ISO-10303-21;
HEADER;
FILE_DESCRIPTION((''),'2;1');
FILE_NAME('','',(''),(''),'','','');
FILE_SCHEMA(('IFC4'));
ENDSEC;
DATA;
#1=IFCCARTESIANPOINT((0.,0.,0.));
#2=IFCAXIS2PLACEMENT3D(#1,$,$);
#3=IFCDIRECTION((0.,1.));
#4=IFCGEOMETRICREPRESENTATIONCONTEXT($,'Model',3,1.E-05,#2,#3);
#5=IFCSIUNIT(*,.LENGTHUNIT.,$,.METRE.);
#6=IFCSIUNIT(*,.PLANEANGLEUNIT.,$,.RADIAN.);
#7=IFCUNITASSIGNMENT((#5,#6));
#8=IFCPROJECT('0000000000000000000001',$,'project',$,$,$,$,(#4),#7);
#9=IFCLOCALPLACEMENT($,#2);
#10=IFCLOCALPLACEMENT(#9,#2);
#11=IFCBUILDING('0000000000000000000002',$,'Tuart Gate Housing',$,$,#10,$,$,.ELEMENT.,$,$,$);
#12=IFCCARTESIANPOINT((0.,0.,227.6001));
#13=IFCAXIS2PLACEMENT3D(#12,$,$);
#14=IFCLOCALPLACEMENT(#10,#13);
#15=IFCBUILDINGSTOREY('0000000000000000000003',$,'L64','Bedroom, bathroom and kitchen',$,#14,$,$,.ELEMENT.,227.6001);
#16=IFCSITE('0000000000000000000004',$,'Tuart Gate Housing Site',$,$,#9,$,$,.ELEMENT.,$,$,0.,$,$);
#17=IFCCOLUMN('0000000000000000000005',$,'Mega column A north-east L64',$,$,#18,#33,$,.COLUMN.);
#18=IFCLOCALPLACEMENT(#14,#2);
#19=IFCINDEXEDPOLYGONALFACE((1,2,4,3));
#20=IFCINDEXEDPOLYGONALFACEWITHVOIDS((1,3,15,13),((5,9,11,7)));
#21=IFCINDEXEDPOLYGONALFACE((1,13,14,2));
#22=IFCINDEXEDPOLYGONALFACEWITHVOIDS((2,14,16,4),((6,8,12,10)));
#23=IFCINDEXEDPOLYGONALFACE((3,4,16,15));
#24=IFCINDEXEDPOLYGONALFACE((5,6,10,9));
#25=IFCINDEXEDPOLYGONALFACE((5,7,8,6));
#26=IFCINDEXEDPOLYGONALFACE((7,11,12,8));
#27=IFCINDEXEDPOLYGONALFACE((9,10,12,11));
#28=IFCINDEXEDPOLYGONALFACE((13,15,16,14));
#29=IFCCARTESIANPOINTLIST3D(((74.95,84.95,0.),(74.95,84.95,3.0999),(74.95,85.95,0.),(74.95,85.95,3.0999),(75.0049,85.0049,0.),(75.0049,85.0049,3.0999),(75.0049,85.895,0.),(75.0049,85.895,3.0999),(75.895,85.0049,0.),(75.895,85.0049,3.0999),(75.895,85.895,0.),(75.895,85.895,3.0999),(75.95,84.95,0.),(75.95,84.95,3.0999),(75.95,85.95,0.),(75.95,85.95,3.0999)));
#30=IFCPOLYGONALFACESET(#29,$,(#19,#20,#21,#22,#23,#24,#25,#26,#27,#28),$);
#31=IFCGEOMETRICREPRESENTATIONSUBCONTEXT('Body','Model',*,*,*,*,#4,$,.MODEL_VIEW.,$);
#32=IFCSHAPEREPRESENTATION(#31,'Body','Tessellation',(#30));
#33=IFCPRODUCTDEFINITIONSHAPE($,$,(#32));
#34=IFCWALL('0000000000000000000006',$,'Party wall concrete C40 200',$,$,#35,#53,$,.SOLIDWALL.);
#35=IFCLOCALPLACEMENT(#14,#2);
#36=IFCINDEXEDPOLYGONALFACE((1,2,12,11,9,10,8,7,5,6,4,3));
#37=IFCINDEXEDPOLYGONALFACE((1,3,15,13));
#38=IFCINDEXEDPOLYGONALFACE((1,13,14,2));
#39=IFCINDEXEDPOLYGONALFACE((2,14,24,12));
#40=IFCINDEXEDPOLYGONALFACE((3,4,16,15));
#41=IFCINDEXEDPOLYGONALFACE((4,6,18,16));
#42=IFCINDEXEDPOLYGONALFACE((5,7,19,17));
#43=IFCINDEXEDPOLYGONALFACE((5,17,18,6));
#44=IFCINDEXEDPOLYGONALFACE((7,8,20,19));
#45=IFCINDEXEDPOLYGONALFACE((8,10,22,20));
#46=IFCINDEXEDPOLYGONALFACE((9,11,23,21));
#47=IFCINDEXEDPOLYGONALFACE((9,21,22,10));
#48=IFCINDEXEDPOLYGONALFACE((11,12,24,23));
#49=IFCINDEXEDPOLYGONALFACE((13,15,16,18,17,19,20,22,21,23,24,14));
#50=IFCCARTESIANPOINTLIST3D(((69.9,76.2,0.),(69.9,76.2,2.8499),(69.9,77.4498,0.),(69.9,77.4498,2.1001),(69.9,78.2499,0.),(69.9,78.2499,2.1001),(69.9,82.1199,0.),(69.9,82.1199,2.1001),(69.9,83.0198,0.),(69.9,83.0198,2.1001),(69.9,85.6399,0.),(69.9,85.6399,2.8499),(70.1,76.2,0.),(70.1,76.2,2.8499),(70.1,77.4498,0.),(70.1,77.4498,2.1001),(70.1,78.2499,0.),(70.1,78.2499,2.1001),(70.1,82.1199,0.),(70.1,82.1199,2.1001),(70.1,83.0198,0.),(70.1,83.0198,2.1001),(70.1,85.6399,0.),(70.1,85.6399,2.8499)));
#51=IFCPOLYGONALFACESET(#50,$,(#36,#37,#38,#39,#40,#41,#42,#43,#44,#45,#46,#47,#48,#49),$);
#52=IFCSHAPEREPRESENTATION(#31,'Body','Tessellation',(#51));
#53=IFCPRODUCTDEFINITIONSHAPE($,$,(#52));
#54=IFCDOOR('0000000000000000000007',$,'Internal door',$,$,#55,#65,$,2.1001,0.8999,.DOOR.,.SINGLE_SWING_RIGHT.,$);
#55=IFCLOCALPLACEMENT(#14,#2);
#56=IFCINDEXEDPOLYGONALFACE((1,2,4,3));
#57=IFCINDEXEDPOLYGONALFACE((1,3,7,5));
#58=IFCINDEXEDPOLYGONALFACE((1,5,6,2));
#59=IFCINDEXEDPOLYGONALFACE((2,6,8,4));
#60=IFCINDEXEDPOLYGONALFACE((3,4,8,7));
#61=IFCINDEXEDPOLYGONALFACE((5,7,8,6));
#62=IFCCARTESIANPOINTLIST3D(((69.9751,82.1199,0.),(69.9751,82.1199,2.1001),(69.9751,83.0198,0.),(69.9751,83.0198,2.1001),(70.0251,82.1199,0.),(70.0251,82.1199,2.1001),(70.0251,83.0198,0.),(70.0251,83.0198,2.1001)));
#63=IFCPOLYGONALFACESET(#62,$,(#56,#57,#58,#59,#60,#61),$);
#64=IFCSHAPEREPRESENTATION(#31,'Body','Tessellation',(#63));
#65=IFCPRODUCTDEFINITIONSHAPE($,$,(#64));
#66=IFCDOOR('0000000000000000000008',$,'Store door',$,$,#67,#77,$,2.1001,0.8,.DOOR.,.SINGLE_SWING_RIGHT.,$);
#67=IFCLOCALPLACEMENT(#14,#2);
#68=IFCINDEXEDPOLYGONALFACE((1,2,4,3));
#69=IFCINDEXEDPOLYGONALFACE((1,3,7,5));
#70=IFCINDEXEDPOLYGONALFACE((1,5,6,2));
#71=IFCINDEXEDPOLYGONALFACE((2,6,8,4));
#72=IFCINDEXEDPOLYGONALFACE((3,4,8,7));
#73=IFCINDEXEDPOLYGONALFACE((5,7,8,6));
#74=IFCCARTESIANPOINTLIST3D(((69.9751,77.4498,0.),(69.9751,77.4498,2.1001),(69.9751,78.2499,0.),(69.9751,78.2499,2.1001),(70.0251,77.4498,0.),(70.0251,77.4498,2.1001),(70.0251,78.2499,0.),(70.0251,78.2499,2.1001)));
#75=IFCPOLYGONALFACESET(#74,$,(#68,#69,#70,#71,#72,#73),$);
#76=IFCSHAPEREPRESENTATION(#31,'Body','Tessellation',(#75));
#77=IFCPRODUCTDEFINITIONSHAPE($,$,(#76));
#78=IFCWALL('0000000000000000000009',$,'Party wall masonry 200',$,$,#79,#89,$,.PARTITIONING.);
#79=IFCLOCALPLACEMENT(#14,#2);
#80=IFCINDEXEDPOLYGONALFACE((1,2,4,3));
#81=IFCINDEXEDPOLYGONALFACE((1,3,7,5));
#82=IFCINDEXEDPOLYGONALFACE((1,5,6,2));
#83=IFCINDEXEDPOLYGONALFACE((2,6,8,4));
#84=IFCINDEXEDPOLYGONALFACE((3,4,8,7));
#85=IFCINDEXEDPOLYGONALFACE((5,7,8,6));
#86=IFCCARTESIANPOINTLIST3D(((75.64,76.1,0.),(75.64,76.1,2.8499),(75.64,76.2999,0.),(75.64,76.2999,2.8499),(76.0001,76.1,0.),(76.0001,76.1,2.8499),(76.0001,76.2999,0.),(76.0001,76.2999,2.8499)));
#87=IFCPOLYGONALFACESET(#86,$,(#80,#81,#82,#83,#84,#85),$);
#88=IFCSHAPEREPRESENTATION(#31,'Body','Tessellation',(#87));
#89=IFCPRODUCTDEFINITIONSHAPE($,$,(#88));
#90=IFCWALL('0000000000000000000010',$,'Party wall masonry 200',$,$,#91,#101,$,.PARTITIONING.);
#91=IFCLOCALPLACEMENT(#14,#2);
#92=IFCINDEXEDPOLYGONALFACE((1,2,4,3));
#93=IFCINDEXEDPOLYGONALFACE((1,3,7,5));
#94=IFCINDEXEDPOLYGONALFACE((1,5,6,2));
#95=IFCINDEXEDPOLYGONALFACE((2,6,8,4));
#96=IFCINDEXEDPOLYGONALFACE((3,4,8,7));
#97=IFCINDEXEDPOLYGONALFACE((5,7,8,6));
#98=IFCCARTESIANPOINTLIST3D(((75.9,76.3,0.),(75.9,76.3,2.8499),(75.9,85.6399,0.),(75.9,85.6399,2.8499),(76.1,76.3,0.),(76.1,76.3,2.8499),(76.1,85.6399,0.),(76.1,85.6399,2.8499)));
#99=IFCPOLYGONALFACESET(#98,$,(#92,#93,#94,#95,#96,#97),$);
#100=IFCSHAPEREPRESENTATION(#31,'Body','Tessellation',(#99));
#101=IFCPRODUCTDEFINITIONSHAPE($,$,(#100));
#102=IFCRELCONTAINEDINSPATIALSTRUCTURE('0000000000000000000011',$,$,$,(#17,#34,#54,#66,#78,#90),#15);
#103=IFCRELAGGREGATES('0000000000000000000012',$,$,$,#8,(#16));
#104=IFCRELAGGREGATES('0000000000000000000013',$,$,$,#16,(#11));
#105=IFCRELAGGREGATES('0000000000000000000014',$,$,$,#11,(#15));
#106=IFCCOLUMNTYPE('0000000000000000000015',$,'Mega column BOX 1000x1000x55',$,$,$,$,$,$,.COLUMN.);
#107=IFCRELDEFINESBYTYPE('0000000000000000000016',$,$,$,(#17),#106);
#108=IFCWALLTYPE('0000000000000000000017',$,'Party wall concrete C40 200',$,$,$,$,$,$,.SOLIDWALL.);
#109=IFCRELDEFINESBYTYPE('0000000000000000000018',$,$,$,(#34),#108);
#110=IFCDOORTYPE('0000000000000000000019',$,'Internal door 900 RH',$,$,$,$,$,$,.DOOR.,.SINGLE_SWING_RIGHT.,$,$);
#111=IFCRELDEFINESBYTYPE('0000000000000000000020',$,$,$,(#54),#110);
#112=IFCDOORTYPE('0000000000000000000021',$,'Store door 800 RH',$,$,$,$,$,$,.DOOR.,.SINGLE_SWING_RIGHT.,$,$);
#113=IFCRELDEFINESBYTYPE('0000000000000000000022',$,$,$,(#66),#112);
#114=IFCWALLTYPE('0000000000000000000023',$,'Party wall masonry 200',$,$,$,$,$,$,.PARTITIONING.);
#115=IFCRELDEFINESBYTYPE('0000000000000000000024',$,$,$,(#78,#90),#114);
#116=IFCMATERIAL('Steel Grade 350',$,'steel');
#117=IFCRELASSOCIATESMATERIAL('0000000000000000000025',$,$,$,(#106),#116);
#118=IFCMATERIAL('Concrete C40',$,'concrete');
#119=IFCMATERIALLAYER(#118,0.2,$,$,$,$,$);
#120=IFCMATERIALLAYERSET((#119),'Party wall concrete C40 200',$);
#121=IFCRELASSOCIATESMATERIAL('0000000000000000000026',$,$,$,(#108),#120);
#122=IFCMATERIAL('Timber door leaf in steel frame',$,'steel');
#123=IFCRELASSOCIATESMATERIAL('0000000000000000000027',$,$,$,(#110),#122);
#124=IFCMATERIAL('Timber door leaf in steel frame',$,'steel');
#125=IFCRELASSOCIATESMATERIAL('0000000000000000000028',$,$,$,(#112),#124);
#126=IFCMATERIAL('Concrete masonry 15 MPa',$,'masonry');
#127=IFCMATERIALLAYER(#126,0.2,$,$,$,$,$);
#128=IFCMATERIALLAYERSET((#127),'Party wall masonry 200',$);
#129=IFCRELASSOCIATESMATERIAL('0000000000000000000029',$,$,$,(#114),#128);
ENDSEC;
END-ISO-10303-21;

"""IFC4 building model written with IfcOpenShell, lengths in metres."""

from ifc_helpers import new_model, si_unit, direction, frame, frame_2d, origin, origin_2d, place, context, subcontext, project, spatial, rectangle, hollow_rectangle, extrude, material, layer, layer_set, material_profile, profile_set, type_object, element, fill, save


model = new_model("IFC4")

# Units and contexts
model_context = context("Model", 3, precision=1e-05, world=origin(), true_north=direction((0.0, 1.0)))
body_context = subcontext(model_context, "Body", "Model", "MODEL_VIEW")
ifc_project = project(units=[si_unit("LENGTHUNIT", "METRE"), si_unit("PLANEANGLEUNIT", "RADIAN")], contexts=[model_context])

# Site, building, storey
site_placement = place(None, origin())
site = spatial("IfcSite", under=ifc_project, at=site_placement, Name="Tuart Gate Housing Site", CompositionType="ELEMENT", RefElevation=0.0)
building_placement = place(site_placement, origin())
building = spatial("IfcBuilding", under=site, at=building_placement, Name="Tuart Gate Housing", CompositionType="ELEMENT")
storey_placement = place(building_placement, frame((0.0, 0.0, 227.6001)))
storey = spatial("IfcBuildingStorey", under=building, at=storey_placement, Name="L64", Description="Bedroom, bathroom and kitchen", CompositionType="ELEMENT", Elevation=227.6001)

# Column
ifc_material_1 = material(Name="Steel Grade 350", Category="steel")
ifc_material_profile = material_profile(ifc_material_1, hollow_rectangle(XDim=1.0, YDim=1.0, WallThickness=0.0549, at=origin_2d()), Name="BOX 1000x1000x55")
ifc_profile_set = profile_set([ifc_material_profile], Name="Steel Grade 350")
column_type = type_object("IfcColumnType", Name="Mega column BOX 1000x1000x55", PredefinedType="COLUMN", material=ifc_profile_set)
column_placement = place(storey_placement, frame((75.45, 85.45, 0.0), z_axis=(0.0, 0.0, 1.0), x_axis=(1.0, 0.0, 0.0)))
element("IfcColumn", 1, at=column_placement, inside=storey, type_object=column_type, Name="Mega column A north-east L64", PredefinedType="COLUMN", context=body_context, shape_type="SweptSolid", body=[
    extrude(hollow_rectangle(XDim=1.0, YDim=1.0, WallThickness=0.0549, at=origin_2d()), origin(), (0.0, 0.0, 1.0), 3.0999),
])

# Wall, openings, doors
ifc_material_2 = material(Name="Concrete C40", Category="concrete")
ifc_layer_1 = layer(ifc_material_2, 0.2)
ifc_layer_set_1 = layer_set([ifc_layer_1], Name="Party wall concrete C40 200")
wall_type_1 = type_object("IfcWallType", Name="Party wall concrete C40 200", PredefinedType="SOLIDWALL", material=ifc_layer_set_1)
wall_1_placement = place(storey_placement, frame((70.0, 76.2, 0.0), z_axis=(0.0, 0.0, 1.0), x_axis=(0.0, 1.0, 0.0)))
wall_1 = element("IfcWall", 2, at=wall_1_placement, inside=storey, type_object=wall_type_1, Name="Party wall concrete C40 200", PredefinedType="SOLIDWALL", context=body_context, shape_type="SweptSolid", body=[
    extrude(rectangle(XDim=9.4399, YDim=0.2, at=frame_2d((4.72, 0.0))), origin(), (0.0, 0.0, 1.0), 2.8499),
])
opening_1_placement = place(wall_1_placement, frame((5.9199, 0.0, 0.0)))
opening_1 = element("IfcOpeningElement", 3, at=opening_1_placement, cuts=wall_1, PredefinedType="OPENING", context=body_context, shape_type="SweptSolid", body=[
    extrude(rectangle(XDim=0.8999, YDim=2.1001, at=frame_2d((0.45, 1.05))), frame((0.0, 0.1099, 0.0), z_axis=(0.0, -1.0, 0.0), x_axis=(1.0, 0.0, 0.0)), (0.0, 0.0, 1.0), 0.22),
])
opening_2_placement = place(wall_1_placement, frame((1.25, 0.0, 0.0)))
opening_2 = element("IfcOpeningElement", 4, at=opening_2_placement, cuts=wall_1, PredefinedType="OPENING", context=body_context, shape_type="SweptSolid", body=[
    extrude(rectangle(XDim=0.8, YDim=2.1001, at=frame_2d((0.3999, 1.05))), frame((0.0, 0.1099, 0.0), z_axis=(0.0, -1.0, 0.0), x_axis=(1.0, 0.0, 0.0)), (0.0, 0.0, 1.0), 0.22),
])
ifc_material_3 = material(Name="Timber door leaf in steel frame", Category="steel")
door_type_1 = type_object("IfcDoorType", Name="Internal door 900 RH", OperationType="SINGLE_SWING_RIGHT", PredefinedType="DOOR", material=ifc_material_3)
door_1_placement = place(opening_1_placement, frame((0.8999, 0.0, 0.0), z_axis=(0.0, 0.0, 1.0), x_axis=(-1.0, 0.0, 0.0)))
door_1 = element("IfcDoor", 5, at=door_1_placement, inside=storey, type_object=door_type_1, Name="Internal door", OperationType="SINGLE_SWING_RIGHT", OverallHeight=2.1001, OverallWidth=0.8999, PredefinedType="DOOR", context=body_context, shape_type="SweptSolid", body=[
    extrude(rectangle(XDim=0.8999, YDim=2.1001, at=frame_2d((0.45, 1.05))), frame((0.0, 0.0251, 0.0), z_axis=(0.0, -1.0, 0.0), x_axis=(1.0, 0.0, 0.0)), (0.0, 0.0, 1.0), 0.05),
])
fill(opening_1, door_1)
ifc_material_4 = material(Name="Timber door leaf in steel frame", Category="steel")
door_type_2 = type_object("IfcDoorType", Name="Store door 800 RH", OperationType="SINGLE_SWING_RIGHT", PredefinedType="DOOR", material=ifc_material_4)
door_2_placement = place(opening_2_placement, frame((0.8, 0.0, 0.0), z_axis=(0.0, 0.0, 1.0), x_axis=(-1.0, 0.0, 0.0)))
door_2 = element("IfcDoor", 6, at=door_2_placement, inside=storey, type_object=door_type_2, Name="Store door", OperationType="SINGLE_SWING_RIGHT", OverallHeight=2.1001, OverallWidth=0.8, PredefinedType="DOOR", context=body_context, shape_type="SweptSolid", body=[
    extrude(rectangle(XDim=0.8, YDim=2.1001, at=frame_2d((0.4001, 1.05))), frame((0.0, 0.0251, 0.0), z_axis=(0.0, -1.0, 0.0), x_axis=(1.0, 0.0, 0.0)), (0.0, 0.0, 1.0), 0.05),
])
fill(opening_2, door_2)

# Walls
ifc_material_5 = material(Name="Concrete masonry 15 MPa", Category="masonry")
ifc_layer_2 = layer(ifc_material_5, 0.2)
ifc_layer_set_2 = layer_set([ifc_layer_2], Name="Party wall masonry 200")
wall_type_2 = type_object("IfcWallType", Name="Party wall masonry 200", PredefinedType="PARTITIONING", material=ifc_layer_set_2)
wall_2_placement = place(storey_placement, frame((75.6399, 76.2, 0.0), z_axis=(0.0, 0.0, 1.0), x_axis=(1.0, 0.0, 0.0)))
element("IfcWall", 7, at=wall_2_placement, inside=storey, type_object=wall_type_2, Name="Party wall masonry 200", PredefinedType="PARTITIONING", context=body_context, shape_type="SweptSolid", body=[
    extrude(rectangle(XDim=0.3601, YDim=0.2, at=frame_2d((0.1802, 0.0))), origin(), (0.0, 0.0, 1.0), 2.8499),
])
wall_3_placement = place(storey_placement, frame((76.0, 76.3, 0.0), z_axis=(0.0, 0.0, 1.0), x_axis=(0.0, 1.0, 0.0)))
element("IfcWall", 8, at=wall_3_placement, inside=storey, type_object=wall_type_2, Name="Party wall masonry 200", PredefinedType="PARTITIONING", context=body_context, shape_type="SweptSolid", body=[
    extrude(rectangle(XDim=9.3398, YDim=0.2, at=frame_2d((4.6699, 0.0))), origin(), (0.0, 0.0, 1.0), 2.8499),
])

save(model, "model.ifc")
